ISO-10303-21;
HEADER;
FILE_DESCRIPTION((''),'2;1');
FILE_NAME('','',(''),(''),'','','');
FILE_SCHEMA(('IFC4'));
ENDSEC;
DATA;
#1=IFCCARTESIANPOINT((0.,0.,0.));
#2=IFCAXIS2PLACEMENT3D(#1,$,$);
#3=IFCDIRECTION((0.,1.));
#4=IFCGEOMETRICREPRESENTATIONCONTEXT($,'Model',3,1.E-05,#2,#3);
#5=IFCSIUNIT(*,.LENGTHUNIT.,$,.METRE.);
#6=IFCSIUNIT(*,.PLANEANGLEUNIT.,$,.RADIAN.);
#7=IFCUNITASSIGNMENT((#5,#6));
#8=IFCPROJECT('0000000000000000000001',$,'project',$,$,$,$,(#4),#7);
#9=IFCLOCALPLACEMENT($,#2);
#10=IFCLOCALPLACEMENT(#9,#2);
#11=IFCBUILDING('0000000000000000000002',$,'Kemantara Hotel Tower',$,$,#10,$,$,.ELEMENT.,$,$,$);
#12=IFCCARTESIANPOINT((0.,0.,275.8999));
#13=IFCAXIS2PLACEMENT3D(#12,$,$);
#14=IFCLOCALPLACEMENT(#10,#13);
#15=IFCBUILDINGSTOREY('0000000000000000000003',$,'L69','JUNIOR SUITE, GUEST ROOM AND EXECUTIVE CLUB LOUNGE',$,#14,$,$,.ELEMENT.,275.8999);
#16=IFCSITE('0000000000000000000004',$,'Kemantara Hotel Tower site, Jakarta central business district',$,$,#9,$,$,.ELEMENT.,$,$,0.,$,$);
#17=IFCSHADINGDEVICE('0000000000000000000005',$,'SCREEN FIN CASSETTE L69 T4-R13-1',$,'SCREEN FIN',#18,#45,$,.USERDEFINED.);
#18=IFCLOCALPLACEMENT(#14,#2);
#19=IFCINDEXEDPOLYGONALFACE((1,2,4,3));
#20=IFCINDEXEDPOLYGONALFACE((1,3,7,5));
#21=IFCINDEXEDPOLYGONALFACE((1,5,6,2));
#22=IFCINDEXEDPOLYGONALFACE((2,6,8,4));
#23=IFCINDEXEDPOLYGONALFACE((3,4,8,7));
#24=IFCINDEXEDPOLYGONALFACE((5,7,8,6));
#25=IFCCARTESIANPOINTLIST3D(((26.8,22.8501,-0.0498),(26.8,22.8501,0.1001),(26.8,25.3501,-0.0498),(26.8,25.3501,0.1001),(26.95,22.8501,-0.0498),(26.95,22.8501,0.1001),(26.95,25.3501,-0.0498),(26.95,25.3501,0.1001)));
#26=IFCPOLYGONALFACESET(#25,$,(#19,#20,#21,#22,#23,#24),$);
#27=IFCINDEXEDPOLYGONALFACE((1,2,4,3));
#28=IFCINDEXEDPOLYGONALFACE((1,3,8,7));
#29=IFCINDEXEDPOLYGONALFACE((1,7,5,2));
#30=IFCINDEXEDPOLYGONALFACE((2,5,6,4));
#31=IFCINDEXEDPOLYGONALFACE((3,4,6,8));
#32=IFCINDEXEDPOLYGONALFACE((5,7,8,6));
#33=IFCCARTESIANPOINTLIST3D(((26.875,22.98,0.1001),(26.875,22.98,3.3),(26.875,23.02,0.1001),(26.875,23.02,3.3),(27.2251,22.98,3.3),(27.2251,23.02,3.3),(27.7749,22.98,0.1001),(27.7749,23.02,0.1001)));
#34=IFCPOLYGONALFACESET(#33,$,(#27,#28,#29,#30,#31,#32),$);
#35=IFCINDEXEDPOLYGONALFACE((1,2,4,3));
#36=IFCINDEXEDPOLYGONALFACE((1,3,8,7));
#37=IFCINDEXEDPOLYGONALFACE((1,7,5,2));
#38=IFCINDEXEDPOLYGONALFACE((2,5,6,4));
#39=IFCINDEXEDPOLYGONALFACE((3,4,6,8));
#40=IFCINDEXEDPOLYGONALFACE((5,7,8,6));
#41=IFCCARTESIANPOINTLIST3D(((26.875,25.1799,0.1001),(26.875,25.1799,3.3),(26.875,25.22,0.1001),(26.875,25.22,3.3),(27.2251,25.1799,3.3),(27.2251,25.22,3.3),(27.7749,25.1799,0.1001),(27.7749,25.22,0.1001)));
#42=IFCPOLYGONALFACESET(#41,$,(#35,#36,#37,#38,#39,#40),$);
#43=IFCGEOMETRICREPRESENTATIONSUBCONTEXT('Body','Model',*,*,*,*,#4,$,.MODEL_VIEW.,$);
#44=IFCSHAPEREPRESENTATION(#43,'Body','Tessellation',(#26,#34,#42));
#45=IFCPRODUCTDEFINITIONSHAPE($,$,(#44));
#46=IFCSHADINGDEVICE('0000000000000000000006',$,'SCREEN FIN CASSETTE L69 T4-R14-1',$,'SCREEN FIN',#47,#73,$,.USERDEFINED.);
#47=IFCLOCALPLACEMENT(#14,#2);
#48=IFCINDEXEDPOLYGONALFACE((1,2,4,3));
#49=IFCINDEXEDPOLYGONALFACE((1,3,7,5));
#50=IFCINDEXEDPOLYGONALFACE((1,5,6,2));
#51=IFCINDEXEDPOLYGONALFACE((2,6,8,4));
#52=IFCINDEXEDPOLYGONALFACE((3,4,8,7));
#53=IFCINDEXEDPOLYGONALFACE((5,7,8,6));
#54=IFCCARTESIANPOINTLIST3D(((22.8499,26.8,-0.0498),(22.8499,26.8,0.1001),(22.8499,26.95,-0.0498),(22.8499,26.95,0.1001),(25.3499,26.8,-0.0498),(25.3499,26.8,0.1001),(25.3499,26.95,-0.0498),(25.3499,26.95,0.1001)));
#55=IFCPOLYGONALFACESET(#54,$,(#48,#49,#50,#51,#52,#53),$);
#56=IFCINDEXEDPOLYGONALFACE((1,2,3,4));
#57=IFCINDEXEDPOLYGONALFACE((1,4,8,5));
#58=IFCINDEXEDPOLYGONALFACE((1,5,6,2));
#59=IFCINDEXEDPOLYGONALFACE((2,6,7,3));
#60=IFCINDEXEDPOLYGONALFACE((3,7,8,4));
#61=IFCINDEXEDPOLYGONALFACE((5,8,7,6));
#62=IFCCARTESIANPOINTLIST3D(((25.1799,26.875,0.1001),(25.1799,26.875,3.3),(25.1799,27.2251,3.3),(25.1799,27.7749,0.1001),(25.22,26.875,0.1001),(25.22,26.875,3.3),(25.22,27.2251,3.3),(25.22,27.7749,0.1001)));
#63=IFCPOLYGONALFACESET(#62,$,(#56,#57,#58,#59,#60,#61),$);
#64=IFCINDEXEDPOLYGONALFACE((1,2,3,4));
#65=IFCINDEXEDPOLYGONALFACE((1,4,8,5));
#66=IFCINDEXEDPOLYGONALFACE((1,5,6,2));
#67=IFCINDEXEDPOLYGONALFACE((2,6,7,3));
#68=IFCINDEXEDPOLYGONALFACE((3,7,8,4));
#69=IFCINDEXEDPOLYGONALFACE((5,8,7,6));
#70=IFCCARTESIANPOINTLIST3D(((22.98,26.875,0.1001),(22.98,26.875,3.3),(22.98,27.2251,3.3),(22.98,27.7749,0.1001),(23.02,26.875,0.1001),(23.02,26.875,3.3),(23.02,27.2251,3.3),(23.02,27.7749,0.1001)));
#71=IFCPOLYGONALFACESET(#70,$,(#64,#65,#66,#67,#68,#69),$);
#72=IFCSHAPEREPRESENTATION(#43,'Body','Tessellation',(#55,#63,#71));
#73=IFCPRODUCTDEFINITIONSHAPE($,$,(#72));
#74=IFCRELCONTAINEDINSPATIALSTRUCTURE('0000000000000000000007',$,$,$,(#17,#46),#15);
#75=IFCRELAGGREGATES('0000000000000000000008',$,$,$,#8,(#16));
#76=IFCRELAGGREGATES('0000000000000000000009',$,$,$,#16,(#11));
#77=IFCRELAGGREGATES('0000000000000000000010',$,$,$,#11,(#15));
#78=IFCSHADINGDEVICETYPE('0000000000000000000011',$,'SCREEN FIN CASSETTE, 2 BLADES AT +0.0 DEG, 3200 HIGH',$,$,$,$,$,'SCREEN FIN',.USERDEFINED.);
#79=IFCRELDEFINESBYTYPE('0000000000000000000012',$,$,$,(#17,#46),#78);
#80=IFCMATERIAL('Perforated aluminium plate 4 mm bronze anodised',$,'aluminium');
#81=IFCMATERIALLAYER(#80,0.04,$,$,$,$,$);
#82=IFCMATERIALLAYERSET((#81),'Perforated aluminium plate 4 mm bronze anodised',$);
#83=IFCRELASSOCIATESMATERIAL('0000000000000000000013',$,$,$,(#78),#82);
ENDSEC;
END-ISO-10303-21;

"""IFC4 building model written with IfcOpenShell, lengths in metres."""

from ifc_helpers import new_model, si_unit, direction, frame, origin, origin_2d, place, context, subcontext, project, spatial, polyline, rectangle, outline, extrude, source, transform, mapped, material, layer, layer_set, type_object, element, save


model = new_model("IFC4")

# Units and contexts
model_context = context("Model", 3, precision=1e-05, world=origin(), true_north=direction((0.0, 1.0)))
body_context = subcontext(model_context, "Body", "Model", "MODEL_VIEW")
ifc_project = project(units=[si_unit("LENGTHUNIT", "METRE"), si_unit("PLANEANGLEUNIT", "RADIAN")], contexts=[model_context])

# Site, building, storey
site_placement = place(None, origin())
site = spatial("IfcSite", under=ifc_project, at=site_placement, Name="Kemantara Hotel Tower site, Jakarta central business district", CompositionType="ELEMENT", RefElevation=0.0)
building_placement = place(site_placement, origin())
building = spatial("IfcBuilding", under=site, at=building_placement, Name="Kemantara Hotel Tower", CompositionType="ELEMENT")
storey_placement = place(building_placement, frame((0.0, 0.0, 275.8999)))
storey = spatial("IfcBuildingStorey", under=building, at=storey_placement, Name="L69", Description="JUNIOR SUITE, GUEST ROOM AND EXECUTIVE CLUB LOUNGE", CompositionType="ELEMENT", Elevation=275.8999)

# Shading devices
ifc_material_1 = material(Name="Perforated aluminium plate 4 mm bronze anodised", Category="aluminium")
ifc_layer_1 = layer(ifc_material_1, 0.04)
ifc_layer_set_1 = layer_set([ifc_layer_1], Name="Perforated aluminium plate 4 mm bronze anodised")
shading_device_type_1 = type_object("IfcShadingDeviceType", Name="SCREEN FIN CASSETTE, 2 BLADES AT +0.0 DEG, 3200 HIGH", ElementType="SCREEN FIN", PredefinedType="USERDEFINED", material=ifc_layer_set_1)
shared_shape_1 = source(origin(), body_context, "Body", "SweptSolid", [
    extrude(rectangle(XDim=2.5, YDim=0.1499, at=origin_2d()), frame((1.1001, -0.075, -0.1499), z_axis=(0.0, 0.0, 1.0), x_axis=(1.0, 0.0, 0.0)), (0.0, 0.0, 1.0), 0.1499),
    extrude(outline(polyline([(0.0, 0.0), (0.8999, 0.0), (0.3501, 3.2), (0.0, 3.2), (0.0, 0.0)])), frame((0.02, -0.075, 0.0), z_axis=(-1.0, 0.0, 0.0), x_axis=(0.0, -1.0, 0.0)), (0.0, 0.0, 1.0), 0.04),
    extrude(outline(polyline([(0.0, 0.0), (0.8999, 0.0), (0.3501, 3.2), (0.0, 3.2), (0.0, 0.0)])), frame((2.22, -0.075, 0.0), z_axis=(-1.0, 0.0, 0.0), x_axis=(0.0, -1.0, 0.0)), (0.0, 0.0, 1.0), 0.04),
])
for number, where, z_axis, x_axis, name in (
    (1, (26.8, 23.0, 0.1001), (0.0, 0.0, 1.0), (0.0, 1.0, 0.0), "SCREEN FIN CASSETTE L69 T4-R13-1"),
    (2, (25.2, 26.8, 0.1001), (0.0, 0.0, 1.0), (-1.0, 0.0, 0.0), "SCREEN FIN CASSETTE L69 T4-R14-1"),
):
    element("IfcShadingDevice", number, at=place(storey_placement, frame(where, z_axis=z_axis, x_axis=x_axis)), inside=storey, type_object=shading_device_type_1, Name=name, ObjectType="SCREEN FIN", PredefinedType="USERDEFINED", context=body_context, shape_type="MappedRepresentation", body=[
        mapped(shared_shape_1, transform((0.0, 0.0, 0.0))),
    ])

save(model, "model.ifc")
